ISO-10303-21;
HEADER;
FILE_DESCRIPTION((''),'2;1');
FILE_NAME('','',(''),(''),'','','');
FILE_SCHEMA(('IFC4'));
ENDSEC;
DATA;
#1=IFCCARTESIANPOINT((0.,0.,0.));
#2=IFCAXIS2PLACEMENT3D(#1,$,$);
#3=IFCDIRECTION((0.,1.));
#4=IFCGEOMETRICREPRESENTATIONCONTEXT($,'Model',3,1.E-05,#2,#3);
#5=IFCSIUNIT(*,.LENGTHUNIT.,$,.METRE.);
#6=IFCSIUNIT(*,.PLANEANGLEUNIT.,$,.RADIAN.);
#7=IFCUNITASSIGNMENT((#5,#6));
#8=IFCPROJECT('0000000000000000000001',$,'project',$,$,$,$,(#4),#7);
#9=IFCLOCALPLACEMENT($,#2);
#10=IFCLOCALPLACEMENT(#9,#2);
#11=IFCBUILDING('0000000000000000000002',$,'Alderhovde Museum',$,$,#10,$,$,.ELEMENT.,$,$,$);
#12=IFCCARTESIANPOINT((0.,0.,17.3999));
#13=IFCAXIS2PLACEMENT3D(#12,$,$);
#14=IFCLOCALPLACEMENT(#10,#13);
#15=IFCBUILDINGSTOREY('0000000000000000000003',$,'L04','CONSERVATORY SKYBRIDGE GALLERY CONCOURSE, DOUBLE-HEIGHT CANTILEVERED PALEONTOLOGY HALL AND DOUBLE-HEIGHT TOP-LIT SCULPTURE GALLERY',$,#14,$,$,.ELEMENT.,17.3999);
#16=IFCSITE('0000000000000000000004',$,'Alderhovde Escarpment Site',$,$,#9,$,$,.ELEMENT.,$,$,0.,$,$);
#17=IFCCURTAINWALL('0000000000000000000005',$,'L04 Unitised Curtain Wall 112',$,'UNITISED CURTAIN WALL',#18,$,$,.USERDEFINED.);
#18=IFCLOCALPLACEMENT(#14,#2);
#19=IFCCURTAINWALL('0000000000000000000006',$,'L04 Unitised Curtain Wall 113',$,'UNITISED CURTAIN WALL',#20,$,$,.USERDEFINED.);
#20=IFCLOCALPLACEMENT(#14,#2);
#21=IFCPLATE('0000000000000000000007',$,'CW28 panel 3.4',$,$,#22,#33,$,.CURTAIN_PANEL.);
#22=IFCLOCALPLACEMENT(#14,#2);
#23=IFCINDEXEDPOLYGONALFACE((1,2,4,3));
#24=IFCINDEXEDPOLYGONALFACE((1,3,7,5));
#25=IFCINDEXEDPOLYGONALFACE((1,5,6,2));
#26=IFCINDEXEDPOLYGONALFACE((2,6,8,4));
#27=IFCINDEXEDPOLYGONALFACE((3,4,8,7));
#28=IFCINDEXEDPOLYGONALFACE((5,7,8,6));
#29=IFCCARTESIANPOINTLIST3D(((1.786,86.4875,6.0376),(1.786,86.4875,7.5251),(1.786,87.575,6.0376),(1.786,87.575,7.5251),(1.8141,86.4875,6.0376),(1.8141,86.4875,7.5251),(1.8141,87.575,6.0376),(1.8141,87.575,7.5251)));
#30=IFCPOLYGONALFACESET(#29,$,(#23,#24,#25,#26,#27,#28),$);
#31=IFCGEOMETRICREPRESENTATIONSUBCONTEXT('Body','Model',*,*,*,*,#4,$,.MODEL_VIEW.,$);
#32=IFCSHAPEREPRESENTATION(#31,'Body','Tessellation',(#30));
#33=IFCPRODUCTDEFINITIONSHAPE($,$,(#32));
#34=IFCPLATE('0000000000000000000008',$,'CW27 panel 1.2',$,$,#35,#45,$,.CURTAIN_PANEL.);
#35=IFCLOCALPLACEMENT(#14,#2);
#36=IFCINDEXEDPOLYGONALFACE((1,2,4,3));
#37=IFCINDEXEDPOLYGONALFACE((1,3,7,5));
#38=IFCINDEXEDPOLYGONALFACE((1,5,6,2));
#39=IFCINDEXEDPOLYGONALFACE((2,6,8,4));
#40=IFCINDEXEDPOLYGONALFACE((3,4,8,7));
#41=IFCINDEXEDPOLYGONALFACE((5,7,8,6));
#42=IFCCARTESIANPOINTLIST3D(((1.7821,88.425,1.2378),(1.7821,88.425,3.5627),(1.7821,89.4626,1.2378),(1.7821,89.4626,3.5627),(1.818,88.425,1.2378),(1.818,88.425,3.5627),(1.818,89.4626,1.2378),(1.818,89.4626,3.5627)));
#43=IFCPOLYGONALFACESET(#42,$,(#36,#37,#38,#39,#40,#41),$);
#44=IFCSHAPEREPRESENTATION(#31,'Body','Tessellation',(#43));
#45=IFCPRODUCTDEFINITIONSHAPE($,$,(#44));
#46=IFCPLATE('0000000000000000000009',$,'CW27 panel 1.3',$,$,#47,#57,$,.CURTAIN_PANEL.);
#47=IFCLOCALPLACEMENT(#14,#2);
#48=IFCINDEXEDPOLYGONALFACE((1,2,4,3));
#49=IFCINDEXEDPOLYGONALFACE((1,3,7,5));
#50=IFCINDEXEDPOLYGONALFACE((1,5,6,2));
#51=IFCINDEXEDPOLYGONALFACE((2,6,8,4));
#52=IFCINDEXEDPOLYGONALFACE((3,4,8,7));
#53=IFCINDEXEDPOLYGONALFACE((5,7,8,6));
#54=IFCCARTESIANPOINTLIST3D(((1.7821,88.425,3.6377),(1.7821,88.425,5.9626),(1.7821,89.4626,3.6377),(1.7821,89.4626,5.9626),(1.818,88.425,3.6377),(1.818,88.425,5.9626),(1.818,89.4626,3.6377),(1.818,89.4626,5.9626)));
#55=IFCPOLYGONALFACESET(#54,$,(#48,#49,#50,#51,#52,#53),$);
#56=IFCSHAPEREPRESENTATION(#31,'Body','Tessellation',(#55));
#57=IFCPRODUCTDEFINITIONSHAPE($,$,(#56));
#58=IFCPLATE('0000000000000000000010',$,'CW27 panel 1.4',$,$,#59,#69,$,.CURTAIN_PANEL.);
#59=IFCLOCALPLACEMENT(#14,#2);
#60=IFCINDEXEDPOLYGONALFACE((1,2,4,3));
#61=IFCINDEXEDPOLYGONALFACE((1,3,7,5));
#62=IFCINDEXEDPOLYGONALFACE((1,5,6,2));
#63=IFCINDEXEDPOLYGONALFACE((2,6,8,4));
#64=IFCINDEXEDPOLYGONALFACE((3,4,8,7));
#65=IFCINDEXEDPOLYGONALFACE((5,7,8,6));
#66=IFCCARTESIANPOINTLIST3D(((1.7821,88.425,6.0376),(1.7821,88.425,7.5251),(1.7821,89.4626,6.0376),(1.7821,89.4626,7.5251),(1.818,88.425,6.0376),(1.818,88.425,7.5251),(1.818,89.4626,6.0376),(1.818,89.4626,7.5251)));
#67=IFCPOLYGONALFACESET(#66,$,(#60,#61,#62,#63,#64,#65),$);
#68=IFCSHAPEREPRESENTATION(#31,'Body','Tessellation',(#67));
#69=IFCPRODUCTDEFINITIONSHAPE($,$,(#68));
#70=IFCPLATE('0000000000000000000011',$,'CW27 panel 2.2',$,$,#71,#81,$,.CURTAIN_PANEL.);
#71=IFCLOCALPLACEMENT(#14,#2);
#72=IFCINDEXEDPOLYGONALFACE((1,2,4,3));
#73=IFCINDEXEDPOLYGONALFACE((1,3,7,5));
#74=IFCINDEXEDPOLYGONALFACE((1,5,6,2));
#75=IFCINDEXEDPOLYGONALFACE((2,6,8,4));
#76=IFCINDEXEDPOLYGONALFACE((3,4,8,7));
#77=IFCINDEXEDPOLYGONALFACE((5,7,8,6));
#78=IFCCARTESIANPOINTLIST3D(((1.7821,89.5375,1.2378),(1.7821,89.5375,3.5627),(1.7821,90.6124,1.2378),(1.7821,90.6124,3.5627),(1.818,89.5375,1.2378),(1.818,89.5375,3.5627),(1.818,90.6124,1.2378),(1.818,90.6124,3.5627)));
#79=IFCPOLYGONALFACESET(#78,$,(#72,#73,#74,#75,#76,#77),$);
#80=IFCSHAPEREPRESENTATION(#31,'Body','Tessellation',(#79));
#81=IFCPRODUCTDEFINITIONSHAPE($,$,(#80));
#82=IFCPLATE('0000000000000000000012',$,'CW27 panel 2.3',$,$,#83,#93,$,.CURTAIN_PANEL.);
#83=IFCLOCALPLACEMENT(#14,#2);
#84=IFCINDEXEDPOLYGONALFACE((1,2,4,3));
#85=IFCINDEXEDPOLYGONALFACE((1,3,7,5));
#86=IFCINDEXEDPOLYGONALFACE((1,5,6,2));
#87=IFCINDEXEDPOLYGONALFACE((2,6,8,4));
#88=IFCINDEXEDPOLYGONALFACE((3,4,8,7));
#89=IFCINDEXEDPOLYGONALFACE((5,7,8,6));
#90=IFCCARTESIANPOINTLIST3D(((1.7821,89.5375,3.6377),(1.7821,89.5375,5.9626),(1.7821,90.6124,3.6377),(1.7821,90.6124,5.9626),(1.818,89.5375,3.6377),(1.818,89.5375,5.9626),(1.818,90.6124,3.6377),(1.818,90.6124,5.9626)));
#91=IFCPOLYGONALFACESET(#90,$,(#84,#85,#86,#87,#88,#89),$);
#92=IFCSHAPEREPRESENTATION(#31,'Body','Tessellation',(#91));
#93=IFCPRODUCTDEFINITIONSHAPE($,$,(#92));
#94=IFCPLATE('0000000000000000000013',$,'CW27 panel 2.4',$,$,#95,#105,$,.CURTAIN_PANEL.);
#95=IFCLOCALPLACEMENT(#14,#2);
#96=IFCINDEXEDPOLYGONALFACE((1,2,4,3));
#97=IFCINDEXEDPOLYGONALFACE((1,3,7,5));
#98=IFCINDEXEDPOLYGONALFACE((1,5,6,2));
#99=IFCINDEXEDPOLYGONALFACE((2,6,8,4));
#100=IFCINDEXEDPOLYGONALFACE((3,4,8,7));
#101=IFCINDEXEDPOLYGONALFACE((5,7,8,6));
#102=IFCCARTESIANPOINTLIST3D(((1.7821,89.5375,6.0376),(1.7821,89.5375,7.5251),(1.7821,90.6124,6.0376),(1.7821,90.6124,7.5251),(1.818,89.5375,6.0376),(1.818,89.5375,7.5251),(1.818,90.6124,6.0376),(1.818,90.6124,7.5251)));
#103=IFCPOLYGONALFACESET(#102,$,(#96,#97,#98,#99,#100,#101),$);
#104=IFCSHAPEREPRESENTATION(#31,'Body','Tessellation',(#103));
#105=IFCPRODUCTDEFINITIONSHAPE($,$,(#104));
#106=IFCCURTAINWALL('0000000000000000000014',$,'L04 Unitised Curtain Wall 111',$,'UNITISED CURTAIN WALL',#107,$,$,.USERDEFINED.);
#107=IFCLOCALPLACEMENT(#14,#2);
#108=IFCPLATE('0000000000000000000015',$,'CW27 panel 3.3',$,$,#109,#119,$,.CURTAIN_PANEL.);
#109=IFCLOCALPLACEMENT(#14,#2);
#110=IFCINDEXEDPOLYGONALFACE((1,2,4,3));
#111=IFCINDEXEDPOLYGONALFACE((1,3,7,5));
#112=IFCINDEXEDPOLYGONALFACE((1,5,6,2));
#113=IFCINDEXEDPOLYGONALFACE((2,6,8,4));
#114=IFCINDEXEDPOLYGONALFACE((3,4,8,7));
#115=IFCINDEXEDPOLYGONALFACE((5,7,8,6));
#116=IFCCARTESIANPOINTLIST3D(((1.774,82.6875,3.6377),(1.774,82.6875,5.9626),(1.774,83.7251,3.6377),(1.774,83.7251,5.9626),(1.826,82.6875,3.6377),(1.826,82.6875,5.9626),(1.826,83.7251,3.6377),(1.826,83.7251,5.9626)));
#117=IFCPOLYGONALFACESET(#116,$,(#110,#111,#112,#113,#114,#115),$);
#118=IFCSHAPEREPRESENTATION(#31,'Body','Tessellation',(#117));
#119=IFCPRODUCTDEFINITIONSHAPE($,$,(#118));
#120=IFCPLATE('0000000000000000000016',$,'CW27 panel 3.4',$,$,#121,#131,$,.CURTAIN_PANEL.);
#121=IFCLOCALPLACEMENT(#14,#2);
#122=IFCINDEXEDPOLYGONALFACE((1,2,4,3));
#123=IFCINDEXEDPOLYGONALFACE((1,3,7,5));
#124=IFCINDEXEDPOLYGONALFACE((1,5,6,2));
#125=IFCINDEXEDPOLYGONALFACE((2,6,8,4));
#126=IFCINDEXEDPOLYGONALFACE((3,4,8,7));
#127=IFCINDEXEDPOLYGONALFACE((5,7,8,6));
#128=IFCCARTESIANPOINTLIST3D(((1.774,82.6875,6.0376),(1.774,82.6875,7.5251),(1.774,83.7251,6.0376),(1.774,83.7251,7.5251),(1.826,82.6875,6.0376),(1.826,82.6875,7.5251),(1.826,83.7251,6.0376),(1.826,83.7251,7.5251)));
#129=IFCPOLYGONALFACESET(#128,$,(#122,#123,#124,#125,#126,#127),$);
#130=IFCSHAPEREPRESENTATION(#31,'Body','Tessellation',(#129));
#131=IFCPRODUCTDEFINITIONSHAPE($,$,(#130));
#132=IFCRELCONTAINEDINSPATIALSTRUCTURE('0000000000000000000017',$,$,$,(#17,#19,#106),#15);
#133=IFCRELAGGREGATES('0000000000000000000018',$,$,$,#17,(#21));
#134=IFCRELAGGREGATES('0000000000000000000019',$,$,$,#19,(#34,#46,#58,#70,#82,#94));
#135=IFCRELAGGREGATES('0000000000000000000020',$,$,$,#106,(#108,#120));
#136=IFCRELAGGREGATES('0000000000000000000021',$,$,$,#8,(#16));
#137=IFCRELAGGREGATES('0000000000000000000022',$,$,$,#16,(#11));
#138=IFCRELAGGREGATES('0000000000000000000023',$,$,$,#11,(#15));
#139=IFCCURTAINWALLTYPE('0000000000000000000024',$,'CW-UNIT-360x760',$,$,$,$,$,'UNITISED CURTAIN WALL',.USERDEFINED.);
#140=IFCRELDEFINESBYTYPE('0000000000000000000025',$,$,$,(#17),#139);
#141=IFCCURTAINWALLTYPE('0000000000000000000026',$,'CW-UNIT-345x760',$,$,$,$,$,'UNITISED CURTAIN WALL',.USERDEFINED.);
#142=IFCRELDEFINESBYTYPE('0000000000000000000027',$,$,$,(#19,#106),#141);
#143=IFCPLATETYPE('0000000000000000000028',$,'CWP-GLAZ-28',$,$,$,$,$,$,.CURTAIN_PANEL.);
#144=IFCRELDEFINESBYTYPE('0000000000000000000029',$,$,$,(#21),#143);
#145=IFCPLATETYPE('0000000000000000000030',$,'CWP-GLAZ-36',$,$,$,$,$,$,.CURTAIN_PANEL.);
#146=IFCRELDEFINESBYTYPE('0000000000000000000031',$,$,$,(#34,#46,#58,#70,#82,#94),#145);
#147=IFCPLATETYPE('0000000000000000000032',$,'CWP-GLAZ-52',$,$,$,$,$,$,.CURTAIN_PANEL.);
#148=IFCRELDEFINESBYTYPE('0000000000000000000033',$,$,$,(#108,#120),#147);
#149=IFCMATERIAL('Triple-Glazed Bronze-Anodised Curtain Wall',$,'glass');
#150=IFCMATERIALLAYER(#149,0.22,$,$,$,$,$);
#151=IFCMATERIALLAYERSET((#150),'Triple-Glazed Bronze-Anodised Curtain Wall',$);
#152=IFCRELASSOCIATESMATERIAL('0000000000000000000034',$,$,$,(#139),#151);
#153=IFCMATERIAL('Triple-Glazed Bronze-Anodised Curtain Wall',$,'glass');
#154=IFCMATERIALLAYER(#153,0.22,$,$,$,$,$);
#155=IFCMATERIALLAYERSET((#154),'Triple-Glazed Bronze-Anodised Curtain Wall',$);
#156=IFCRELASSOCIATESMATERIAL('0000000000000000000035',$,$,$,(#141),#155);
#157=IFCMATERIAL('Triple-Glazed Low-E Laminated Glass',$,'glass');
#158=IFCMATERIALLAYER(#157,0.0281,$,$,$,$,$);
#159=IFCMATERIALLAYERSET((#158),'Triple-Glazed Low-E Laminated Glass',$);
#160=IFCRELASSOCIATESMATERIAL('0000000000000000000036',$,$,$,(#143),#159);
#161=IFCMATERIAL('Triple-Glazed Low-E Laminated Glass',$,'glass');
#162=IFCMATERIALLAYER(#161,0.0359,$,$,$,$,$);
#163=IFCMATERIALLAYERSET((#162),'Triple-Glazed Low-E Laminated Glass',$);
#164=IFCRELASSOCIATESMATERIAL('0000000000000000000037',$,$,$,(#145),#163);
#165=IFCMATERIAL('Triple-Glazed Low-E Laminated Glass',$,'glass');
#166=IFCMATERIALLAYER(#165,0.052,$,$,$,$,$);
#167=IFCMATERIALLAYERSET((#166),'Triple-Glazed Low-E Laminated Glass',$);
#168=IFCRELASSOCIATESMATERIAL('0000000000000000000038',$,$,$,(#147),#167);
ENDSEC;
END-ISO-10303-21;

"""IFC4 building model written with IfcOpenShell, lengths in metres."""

from ifc_helpers import new_model, si_unit, direction, frame, origin, origin_2d, place, context, subcontext, project, spatial, rectangle, extrude, material, layer, layer_set, type_object, element, aggregate, save


model = new_model("IFC4")

# Units and contexts
model_context = context("Model", 3, precision=1e-05, world=origin(), true_north=direction((0.0, 1.0)))
body_context = subcontext(model_context, "Body", "Model", "MODEL_VIEW")
ifc_project = project(units=[si_unit("LENGTHUNIT", "METRE"), si_unit("PLANEANGLEUNIT", "RADIAN")], contexts=[model_context])

# Site, building, storey
site_placement = place(None, origin())
site = spatial("IfcSite", under=ifc_project, at=site_placement, Name="Alderhovde Escarpment Site", CompositionType="ELEMENT", RefElevation=0.0)
building_placement = place(site_placement, origin())
building = spatial("IfcBuilding", under=site, at=building_placement, Name="Alderhovde Museum", CompositionType="ELEMENT")
storey_placement = place(building_placement, frame((0.0, 0.0, 17.3999)))
storey = spatial("IfcBuildingStorey", under=building, at=storey_placement, Name="L04", Description="CONSERVATORY SKYBRIDGE GALLERY CONCOURSE, DOUBLE-HEIGHT CANTILEVERED PALEONTOLOGY HALL AND DOUBLE-HEIGHT TOP-LIT SCULPTURE GALLERY", CompositionType="ELEMENT", Elevation=17.3999)

# Curtain walls
ifc_material_1 = material(Name="Triple-Glazed Bronze-Anodised Curtain Wall", Category="glass")
ifc_layer_1 = layer(ifc_material_1, 0.22)
ifc_layer_set_1 = layer_set([ifc_layer_1], Name="Triple-Glazed Bronze-Anodised Curtain Wall")
curtain_wall_type_1 = type_object("IfcCurtainWallType", Name="CW-UNIT-360x760", ElementType="UNITISED CURTAIN WALL", PredefinedType="USERDEFINED", material=ifc_layer_set_1)
curtain_wall_1_placement = place(storey_placement, origin())
curtain_wall_1 = element("IfcCurtainWall", 1, at=curtain_wall_1_placement, inside=storey, type_object=curtain_wall_type_1, Name="L04 Unitised Curtain Wall 112", ObjectType="UNITISED CURTAIN WALL", PredefinedType="USERDEFINED")
ifc_material_2 = material(Name="Triple-Glazed Bronze-Anodised Curtain Wall", Category="glass")
ifc_layer_2 = layer(ifc_material_2, 0.22)
ifc_layer_set_2 = layer_set([ifc_layer_2], Name="Triple-Glazed Bronze-Anodised Curtain Wall")
curtain_wall_type_2 = type_object("IfcCurtainWallType", Name="CW-UNIT-345x760", ElementType="UNITISED CURTAIN WALL", PredefinedType="USERDEFINED", material=ifc_layer_set_2)
curtain_wall_2_placement = place(storey_placement, origin())
curtain_wall_2 = element("IfcCurtainWall", 2, at=curtain_wall_2_placement, inside=storey, type_object=curtain_wall_type_2, Name="L04 Unitised Curtain Wall 113", ObjectType="UNITISED CURTAIN WALL", PredefinedType="USERDEFINED")

# Plates
ifc_material_3 = material(Name="Triple-Glazed Low-E Laminated Glass", Category="glass")
ifc_layer_3 = layer(ifc_material_3, 0.0281)
ifc_layer_set_3 = layer_set([ifc_layer_3], Name="Triple-Glazed Low-E Laminated Glass")
plate_type_1 = type_object("IfcPlateType", Name="CWP-GLAZ-28", PredefinedType="CURTAIN_PANEL", material=ifc_layer_set_3)
plate_1_placement = place(storey_placement, frame((1.8, 87.0312, 6.0376), z_axis=(0.0, 0.0, 1.0), x_axis=(0.0, 1.0, 0.0)))
plate_1 = element("IfcPlate", 3, at=plate_1_placement, type_object=plate_type_1, Name="CW28 panel 3.4", PredefinedType="CURTAIN_PANEL", context=body_context, shape_type="SweptSolid", body=[
    extrude(rectangle(XDim=1.0874, YDim=0.0281, at=origin_2d()), origin(), (0.0, 0.0, 1.0), 1.4875),
])
aggregate(curtain_wall_1, [plate_1])
ifc_material_4 = material(Name="Triple-Glazed Low-E Laminated Glass", Category="glass")
ifc_layer_4 = layer(ifc_material_4, 0.0359)
ifc_layer_set_4 = layer_set([ifc_layer_4], Name="Triple-Glazed Low-E Laminated Glass")
plate_type_2 = type_object("IfcPlateType", Name="CWP-GLAZ-36", PredefinedType="CURTAIN_PANEL", material=ifc_layer_set_4)
plate_2_placement = place(storey_placement, frame((1.8, 88.9438, 1.2378), z_axis=(0.0, 0.0, 1.0), x_axis=(0.0, 1.0, 0.0)))
plate_2 = element("IfcPlate", 4, at=plate_2_placement, type_object=plate_type_2, Name="CW27 panel 1.2", PredefinedType="CURTAIN_PANEL", context=body_context, shape_type="SweptSolid", body=[
    extrude(rectangle(XDim=1.0376, YDim=0.0359, at=origin_2d()), origin(), (0.0, 0.0, 1.0), 2.325),
])
plate_3_placement = place(storey_placement, frame((1.8, 88.9438, 3.6377), z_axis=(0.0, 0.0, 1.0), x_axis=(0.0, 1.0, 0.0)))
plate_3 = element("IfcPlate", 5, at=plate_3_placement, type_object=plate_type_2, Name="CW27 panel 1.3", PredefinedType="CURTAIN_PANEL", context=body_context, shape_type="SweptSolid", body=[
    extrude(rectangle(XDim=1.0376, YDim=0.0359, at=origin_2d()), origin(), (0.0, 0.0, 1.0), 2.325),
])
plate_4_placement = place(storey_placement, frame((1.8, 88.9438, 6.0376), z_axis=(0.0, 0.0, 1.0), x_axis=(0.0, 1.0, 0.0)))
plate_4 = element("IfcPlate", 6, at=plate_4_placement, type_object=plate_type_2, Name="CW27 panel 1.4", PredefinedType="CURTAIN_PANEL", context=body_context, shape_type="SweptSolid", body=[
    extrude(rectangle(XDim=1.0376, YDim=0.0359, at=origin_2d()), origin(), (0.0, 0.0, 1.0), 1.4875),
])
plate_5_placement = place(storey_placement, frame((1.8, 90.075, 1.2378), z_axis=(0.0, 0.0, 1.0), x_axis=(0.0, 1.0, 0.0)))
plate_5 = element("IfcPlate", 7, at=plate_5_placement, type_object=plate_type_2, Name="CW27 panel 2.2", PredefinedType="CURTAIN_PANEL", context=body_context, shape_type="SweptSolid", body=[
    extrude(rectangle(XDim=1.075, YDim=0.0359, at=origin_2d()), origin(), (0.0, 0.0, 1.0), 2.325),
])
plate_6_placement = place(storey_placement, frame((1.8, 90.075, 3.6377), z_axis=(0.0, 0.0, 1.0), x_axis=(0.0, 1.0, 0.0)))
plate_6 = element("IfcPlate", 8, at=plate_6_placement, type_object=plate_type_2, Name="CW27 panel 2.3", PredefinedType="CURTAIN_PANEL", context=body_context, shape_type="SweptSolid", body=[
    extrude(rectangle(XDim=1.075, YDim=0.0359, at=origin_2d()), origin(), (0.0, 0.0, 1.0), 2.325),
])
plate_7_placement = place(storey_placement, frame((1.8, 90.075, 6.0376), z_axis=(0.0, 0.0, 1.0), x_axis=(0.0, 1.0, 0.0)))
plate_7 = element("IfcPlate", 9, at=plate_7_placement, type_object=plate_type_2, Name="CW27 panel 2.4", PredefinedType="CURTAIN_PANEL", context=body_context, shape_type="SweptSolid", body=[
    extrude(rectangle(XDim=1.075, YDim=0.0359, at=origin_2d()), origin(), (0.0, 0.0, 1.0), 1.4875),
])
aggregate(curtain_wall_2, [plate_2, plate_3, plate_4, plate_5, plate_6, plate_7])

# Curtain wall, plates
curtain_wall_3_placement = place(storey_placement, origin())
curtain_wall_3 = element("IfcCurtainWall", 10, at=curtain_wall_3_placement, inside=storey, type_object=curtain_wall_type_2, Name="L04 Unitised Curtain Wall 111", ObjectType="UNITISED CURTAIN WALL", PredefinedType="USERDEFINED")
ifc_material_5 = material(Name="Triple-Glazed Low-E Laminated Glass", Category="glass")
ifc_layer_5 = layer(ifc_material_5, 0.052)
ifc_layer_set_5 = layer_set([ifc_layer_5], Name="Triple-Glazed Low-E Laminated Glass")
plate_type_3 = type_object("IfcPlateType", Name="CWP-GLAZ-52", PredefinedType="CURTAIN_PANEL", material=ifc_layer_set_5)
plate_8_placement = place(storey_placement, frame((1.8, 83.2063, 3.6377), z_axis=(0.0, 0.0, 1.0), x_axis=(0.0, 1.0, 0.0)))
plate_8 = element("IfcPlate", 11, at=plate_8_placement, type_object=plate_type_3, Name="CW27 panel 3.3", PredefinedType="CURTAIN_PANEL", context=body_context, shape_type="SweptSolid", body=[
    extrude(rectangle(XDim=1.0376, YDim=0.052, at=origin_2d()), origin(), (0.0, 0.0, 1.0), 2.325),
])
plate_9_placement = place(storey_placement, frame((1.8, 83.2063, 6.0376), z_axis=(0.0, 0.0, 1.0), x_axis=(0.0, 1.0, 0.0)))
plate_9 = element("IfcPlate", 12, at=plate_9_placement, type_object=plate_type_3, Name="CW27 panel 3.4", PredefinedType="CURTAIN_PANEL", context=body_context, shape_type="SweptSolid", body=[
    extrude(rectangle(XDim=1.0376, YDim=0.052, at=origin_2d()), origin(), (0.0, 0.0, 1.0), 1.4875),
])
aggregate(curtain_wall_3, [plate_8, plate_9])

save(model, "model.ifc")
